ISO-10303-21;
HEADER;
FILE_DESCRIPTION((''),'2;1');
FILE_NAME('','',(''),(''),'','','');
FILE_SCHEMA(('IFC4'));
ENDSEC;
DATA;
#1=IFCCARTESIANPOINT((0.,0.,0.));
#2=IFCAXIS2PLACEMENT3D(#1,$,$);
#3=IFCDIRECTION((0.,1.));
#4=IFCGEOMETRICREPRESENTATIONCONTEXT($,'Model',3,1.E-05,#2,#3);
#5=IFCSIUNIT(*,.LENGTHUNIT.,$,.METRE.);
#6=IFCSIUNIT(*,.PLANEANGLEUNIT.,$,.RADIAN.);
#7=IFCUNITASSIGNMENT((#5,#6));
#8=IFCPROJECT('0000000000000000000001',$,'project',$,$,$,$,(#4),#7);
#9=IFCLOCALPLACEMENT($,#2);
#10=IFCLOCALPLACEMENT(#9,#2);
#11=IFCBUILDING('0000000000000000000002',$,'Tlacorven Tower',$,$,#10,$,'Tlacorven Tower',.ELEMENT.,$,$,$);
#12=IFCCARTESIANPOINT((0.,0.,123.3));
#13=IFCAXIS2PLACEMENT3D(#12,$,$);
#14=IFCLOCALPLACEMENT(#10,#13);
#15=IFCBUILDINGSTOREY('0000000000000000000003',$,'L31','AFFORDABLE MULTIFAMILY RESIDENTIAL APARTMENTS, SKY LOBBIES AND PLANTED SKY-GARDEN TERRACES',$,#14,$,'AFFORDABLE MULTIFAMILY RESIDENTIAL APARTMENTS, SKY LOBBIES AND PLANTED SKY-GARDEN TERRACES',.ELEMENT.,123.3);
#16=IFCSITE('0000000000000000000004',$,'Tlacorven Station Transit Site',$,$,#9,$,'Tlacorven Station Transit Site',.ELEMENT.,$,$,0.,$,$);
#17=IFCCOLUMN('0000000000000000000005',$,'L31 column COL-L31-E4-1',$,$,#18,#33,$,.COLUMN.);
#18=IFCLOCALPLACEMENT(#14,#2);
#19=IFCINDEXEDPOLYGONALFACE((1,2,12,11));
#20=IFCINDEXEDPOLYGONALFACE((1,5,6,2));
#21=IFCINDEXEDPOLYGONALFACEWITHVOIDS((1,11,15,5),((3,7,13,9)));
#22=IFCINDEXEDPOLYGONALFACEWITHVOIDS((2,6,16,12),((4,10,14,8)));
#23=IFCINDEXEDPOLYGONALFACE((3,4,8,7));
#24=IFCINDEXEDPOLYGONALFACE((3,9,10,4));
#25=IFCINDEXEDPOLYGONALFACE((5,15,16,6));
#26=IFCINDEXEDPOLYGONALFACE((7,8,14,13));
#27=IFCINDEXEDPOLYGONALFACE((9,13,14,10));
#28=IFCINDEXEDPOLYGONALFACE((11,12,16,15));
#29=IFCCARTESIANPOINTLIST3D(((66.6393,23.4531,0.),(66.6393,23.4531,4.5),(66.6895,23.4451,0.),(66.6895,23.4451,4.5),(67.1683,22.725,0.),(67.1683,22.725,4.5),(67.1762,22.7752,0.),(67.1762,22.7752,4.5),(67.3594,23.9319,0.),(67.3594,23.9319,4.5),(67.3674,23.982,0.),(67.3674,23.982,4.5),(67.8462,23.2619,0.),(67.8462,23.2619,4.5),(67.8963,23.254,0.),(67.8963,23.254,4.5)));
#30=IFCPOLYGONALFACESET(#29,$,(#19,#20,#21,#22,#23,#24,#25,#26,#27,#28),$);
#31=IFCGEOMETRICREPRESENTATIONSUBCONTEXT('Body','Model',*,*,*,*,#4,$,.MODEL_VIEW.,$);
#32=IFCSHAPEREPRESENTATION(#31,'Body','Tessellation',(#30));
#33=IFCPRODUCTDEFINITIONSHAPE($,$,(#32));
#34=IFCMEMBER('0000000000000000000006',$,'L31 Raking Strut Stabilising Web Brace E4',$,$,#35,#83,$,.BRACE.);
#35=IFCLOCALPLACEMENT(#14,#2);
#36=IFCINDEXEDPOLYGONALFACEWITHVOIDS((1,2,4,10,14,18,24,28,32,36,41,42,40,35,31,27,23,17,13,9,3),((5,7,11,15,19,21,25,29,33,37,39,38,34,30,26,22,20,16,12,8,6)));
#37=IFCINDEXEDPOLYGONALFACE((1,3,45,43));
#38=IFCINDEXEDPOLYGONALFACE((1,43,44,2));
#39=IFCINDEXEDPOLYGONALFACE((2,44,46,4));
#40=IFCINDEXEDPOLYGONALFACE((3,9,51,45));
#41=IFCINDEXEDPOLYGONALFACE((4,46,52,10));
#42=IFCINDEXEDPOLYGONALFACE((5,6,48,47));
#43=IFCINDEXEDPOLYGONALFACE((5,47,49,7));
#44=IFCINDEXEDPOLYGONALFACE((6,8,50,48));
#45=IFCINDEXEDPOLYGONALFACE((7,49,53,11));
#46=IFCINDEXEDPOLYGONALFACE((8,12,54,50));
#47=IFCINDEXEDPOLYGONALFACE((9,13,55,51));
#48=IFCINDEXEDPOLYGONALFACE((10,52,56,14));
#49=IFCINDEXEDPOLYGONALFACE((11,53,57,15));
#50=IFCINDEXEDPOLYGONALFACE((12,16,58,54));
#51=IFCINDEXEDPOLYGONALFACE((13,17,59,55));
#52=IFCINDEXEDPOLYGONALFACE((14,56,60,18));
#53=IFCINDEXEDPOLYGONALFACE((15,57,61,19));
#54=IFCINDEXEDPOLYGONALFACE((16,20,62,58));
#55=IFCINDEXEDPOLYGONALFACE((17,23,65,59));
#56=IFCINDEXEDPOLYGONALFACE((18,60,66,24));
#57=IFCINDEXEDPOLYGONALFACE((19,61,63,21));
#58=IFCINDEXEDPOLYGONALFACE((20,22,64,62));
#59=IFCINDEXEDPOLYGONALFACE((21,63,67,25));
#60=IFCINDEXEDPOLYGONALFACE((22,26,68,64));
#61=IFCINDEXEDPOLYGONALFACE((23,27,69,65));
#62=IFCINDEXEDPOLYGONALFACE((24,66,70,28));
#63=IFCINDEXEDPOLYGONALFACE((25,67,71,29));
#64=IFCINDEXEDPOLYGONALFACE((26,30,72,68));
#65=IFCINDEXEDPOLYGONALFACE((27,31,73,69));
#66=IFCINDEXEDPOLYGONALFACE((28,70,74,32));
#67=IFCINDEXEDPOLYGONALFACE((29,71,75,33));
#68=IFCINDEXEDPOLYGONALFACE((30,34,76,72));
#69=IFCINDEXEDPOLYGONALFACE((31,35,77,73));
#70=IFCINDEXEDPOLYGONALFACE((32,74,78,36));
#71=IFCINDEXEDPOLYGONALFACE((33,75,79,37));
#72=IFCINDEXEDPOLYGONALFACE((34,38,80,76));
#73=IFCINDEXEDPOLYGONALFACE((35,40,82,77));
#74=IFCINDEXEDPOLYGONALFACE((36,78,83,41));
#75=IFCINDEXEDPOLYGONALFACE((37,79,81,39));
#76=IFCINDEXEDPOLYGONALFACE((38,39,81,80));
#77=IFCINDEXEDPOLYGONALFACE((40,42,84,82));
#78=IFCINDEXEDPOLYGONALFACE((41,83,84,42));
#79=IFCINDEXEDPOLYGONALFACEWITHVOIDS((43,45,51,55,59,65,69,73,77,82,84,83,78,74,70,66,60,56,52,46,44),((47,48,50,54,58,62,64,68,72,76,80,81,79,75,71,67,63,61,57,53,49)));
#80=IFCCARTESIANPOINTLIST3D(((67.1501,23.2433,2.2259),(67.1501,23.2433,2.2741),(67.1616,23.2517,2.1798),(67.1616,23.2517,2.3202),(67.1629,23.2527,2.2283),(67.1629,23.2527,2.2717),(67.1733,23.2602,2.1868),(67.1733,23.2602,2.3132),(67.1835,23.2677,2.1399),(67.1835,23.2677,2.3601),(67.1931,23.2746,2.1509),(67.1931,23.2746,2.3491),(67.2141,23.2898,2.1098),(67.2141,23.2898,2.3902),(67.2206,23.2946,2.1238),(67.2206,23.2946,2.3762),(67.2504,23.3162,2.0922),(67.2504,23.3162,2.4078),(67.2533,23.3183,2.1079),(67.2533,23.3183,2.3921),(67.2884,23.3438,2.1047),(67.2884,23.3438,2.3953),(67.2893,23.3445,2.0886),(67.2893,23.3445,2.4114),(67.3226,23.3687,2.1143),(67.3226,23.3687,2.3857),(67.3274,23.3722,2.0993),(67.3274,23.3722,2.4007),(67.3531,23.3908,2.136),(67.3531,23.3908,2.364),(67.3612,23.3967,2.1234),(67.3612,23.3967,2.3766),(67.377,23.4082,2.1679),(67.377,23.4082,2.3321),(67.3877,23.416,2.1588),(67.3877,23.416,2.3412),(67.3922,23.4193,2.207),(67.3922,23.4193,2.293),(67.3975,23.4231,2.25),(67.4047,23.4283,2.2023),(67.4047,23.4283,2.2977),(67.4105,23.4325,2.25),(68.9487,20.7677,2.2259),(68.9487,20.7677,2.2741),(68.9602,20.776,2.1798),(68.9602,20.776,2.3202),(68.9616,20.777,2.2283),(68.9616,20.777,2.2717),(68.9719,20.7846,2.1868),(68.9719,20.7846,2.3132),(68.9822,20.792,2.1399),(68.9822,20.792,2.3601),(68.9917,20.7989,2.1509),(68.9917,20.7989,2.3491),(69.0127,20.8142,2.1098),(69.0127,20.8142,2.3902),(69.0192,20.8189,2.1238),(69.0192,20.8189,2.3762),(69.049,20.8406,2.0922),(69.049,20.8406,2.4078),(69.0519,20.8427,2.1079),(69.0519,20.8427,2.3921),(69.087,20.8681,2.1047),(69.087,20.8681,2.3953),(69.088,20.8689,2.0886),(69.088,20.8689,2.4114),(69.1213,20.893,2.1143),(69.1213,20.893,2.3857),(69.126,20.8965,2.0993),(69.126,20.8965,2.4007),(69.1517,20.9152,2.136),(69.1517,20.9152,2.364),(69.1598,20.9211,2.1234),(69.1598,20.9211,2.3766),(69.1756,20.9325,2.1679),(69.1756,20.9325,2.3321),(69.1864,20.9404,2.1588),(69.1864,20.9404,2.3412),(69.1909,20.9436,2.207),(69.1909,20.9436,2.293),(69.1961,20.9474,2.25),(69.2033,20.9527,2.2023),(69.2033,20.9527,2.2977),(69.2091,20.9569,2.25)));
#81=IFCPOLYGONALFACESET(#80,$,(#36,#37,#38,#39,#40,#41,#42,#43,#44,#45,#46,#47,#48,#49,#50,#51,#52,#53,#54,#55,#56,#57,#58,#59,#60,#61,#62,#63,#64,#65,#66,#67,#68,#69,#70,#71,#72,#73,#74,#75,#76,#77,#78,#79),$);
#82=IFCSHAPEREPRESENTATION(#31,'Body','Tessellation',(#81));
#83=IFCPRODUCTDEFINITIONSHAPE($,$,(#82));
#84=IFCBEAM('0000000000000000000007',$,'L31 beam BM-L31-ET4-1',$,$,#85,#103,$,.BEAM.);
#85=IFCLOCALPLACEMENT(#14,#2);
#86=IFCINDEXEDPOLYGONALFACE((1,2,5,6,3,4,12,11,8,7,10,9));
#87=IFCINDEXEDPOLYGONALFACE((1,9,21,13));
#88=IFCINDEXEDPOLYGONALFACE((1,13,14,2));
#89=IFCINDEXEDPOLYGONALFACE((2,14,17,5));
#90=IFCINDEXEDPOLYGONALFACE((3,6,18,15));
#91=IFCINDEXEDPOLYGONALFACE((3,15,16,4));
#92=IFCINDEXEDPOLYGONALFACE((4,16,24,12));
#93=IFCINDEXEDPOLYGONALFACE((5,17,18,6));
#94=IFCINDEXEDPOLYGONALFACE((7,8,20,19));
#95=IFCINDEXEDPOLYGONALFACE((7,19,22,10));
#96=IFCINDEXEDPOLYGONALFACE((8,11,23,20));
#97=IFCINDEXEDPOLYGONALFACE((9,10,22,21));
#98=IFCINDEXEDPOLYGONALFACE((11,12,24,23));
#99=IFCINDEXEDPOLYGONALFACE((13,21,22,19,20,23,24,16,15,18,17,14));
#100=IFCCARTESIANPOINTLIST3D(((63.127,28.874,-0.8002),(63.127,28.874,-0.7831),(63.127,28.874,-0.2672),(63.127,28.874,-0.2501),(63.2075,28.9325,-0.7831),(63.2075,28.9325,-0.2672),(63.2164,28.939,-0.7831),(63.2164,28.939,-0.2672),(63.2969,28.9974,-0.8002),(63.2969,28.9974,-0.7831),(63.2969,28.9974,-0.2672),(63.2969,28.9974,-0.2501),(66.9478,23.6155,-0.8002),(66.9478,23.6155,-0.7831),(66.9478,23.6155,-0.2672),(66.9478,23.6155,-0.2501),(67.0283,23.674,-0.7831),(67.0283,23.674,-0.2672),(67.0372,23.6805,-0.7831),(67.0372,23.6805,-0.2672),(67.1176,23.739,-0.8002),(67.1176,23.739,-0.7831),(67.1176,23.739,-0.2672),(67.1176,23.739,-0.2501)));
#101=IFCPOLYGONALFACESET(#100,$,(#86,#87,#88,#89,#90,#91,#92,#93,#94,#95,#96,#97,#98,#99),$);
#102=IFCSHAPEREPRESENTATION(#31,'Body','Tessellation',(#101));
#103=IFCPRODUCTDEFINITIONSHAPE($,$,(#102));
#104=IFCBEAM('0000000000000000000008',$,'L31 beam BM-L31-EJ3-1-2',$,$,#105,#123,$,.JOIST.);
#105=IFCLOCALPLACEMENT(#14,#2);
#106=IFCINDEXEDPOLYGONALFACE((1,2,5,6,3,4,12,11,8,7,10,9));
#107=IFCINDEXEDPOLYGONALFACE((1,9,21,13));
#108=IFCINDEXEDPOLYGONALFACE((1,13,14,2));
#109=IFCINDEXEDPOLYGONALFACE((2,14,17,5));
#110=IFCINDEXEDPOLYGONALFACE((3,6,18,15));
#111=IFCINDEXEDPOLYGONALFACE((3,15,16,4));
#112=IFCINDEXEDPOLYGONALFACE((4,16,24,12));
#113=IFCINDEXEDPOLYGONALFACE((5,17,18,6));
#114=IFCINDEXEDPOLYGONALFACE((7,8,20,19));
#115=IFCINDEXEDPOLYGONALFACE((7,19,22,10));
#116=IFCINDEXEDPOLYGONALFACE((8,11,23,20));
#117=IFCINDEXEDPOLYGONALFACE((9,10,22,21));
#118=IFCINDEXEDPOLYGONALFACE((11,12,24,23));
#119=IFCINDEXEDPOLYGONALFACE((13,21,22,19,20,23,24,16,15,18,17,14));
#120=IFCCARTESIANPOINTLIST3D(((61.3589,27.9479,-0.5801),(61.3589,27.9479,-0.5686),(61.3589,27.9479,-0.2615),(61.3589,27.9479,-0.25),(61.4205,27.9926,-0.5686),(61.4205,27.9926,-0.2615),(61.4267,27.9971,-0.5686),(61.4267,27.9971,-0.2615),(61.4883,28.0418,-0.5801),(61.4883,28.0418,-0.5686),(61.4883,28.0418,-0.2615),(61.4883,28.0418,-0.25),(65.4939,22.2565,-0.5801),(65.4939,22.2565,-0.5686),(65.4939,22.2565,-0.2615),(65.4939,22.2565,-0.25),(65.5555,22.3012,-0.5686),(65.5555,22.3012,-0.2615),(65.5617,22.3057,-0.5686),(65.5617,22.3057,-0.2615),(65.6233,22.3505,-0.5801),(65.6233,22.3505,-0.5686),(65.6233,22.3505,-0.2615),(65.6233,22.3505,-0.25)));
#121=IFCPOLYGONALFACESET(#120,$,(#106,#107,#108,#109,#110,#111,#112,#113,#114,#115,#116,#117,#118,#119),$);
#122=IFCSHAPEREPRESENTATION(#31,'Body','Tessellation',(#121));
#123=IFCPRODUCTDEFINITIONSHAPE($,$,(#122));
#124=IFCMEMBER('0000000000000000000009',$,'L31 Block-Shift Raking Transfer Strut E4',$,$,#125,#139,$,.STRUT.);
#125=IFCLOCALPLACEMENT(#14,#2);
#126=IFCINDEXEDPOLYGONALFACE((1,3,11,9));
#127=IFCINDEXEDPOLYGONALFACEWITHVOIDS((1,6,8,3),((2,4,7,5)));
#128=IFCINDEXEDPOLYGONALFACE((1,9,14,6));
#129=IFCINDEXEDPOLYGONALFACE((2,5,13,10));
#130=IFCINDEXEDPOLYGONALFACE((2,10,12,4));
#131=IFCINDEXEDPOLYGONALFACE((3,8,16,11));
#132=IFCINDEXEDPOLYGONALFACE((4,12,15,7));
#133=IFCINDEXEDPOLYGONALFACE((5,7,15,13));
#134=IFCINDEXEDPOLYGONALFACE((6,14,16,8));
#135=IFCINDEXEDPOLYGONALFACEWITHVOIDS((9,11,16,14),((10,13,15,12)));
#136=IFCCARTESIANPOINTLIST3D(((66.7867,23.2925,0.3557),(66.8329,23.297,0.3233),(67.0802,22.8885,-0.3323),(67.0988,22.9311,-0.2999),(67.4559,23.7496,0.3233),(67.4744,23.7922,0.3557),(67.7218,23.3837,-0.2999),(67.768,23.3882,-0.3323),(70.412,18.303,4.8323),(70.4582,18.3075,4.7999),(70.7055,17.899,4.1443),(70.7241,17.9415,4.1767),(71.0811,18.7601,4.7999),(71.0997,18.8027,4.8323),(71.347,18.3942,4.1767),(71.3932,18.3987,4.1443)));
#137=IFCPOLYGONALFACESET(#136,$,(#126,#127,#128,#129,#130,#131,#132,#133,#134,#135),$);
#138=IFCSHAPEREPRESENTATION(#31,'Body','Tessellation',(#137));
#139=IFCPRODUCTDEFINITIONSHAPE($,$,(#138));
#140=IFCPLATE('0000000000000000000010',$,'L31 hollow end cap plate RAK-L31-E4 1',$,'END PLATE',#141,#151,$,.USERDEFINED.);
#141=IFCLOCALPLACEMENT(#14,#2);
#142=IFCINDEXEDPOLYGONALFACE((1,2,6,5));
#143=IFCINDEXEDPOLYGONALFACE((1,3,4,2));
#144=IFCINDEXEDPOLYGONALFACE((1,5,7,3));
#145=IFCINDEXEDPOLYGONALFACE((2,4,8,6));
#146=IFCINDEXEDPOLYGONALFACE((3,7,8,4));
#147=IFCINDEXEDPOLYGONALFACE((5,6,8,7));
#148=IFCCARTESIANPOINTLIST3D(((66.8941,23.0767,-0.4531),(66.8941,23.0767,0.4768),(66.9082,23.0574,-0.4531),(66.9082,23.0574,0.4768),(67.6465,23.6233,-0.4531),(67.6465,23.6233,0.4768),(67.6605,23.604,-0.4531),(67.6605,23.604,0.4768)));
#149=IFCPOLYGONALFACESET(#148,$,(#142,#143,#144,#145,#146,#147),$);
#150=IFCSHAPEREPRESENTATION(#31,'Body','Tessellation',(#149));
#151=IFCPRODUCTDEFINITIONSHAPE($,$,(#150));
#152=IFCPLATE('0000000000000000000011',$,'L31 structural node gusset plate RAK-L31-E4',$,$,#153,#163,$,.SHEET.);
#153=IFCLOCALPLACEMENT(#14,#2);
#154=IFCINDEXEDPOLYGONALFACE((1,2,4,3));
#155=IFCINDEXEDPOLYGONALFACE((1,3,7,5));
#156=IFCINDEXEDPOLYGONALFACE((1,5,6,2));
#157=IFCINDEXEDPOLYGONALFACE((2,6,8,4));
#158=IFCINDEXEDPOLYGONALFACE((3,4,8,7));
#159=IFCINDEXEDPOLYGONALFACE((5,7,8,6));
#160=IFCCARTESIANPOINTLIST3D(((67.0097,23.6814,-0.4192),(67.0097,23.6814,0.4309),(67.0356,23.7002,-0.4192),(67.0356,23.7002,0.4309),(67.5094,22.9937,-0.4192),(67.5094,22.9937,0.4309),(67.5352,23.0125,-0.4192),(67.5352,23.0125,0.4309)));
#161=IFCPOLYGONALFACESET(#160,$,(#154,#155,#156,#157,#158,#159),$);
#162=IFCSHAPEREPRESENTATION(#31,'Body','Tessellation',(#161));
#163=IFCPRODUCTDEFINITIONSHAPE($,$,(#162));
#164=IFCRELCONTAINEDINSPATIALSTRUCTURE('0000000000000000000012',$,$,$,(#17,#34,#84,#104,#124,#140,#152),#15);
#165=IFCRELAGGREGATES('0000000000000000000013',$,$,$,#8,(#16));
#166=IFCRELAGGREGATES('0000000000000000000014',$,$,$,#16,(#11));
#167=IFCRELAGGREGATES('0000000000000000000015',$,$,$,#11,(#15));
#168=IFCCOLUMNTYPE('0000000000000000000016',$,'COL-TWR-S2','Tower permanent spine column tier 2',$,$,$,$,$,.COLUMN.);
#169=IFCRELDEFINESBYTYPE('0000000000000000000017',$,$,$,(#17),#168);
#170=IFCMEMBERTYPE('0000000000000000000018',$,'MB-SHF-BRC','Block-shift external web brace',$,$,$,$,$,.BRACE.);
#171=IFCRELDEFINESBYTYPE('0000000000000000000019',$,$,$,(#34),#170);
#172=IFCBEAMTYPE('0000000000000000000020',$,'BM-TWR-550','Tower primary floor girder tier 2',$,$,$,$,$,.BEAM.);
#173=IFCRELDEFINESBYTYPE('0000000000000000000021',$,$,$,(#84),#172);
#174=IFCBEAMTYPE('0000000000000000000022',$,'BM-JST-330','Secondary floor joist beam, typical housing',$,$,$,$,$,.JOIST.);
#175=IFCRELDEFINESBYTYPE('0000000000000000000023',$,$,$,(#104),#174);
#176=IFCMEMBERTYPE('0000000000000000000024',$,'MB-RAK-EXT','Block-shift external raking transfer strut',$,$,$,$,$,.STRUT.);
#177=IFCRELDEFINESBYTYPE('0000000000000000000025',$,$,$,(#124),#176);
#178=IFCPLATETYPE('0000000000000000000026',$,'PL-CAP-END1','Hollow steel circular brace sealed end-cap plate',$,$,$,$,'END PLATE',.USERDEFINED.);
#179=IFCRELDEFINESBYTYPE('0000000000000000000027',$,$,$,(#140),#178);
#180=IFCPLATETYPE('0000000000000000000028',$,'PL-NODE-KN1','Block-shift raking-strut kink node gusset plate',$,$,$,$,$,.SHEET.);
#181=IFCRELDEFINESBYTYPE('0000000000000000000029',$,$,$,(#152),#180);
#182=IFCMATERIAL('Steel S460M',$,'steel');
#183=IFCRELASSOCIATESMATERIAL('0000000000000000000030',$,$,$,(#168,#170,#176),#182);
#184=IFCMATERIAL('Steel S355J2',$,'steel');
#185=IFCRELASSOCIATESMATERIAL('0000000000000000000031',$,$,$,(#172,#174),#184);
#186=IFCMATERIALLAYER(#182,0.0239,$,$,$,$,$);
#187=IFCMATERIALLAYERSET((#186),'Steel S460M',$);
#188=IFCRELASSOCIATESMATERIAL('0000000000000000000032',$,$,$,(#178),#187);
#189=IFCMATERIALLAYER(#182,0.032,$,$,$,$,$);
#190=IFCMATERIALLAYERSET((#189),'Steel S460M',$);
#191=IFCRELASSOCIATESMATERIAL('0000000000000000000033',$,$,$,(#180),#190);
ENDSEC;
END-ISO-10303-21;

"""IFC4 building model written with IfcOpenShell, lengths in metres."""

from ifc_helpers import new_model, si_unit, direction, frame, origin, origin_2d, place, context, subcontext, project, spatial, rectangle, hollow_rectangle, hollow_circle, i_section, extrude, source, transform, mapped, material, layer, layer_set, material_profile, profile_set, type_object, element, save


model = new_model("IFC4")

# Units and contexts
model_context = context("Model", 3, precision=1e-05, world=origin(), true_north=direction((0.0, 1.0)))
body_context = subcontext(model_context, "Body", "Model", "MODEL_VIEW")
ifc_project = project(units=[si_unit("LENGTHUNIT", "METRE"), si_unit("PLANEANGLEUNIT", "RADIAN")], contexts=[model_context])

# Site, building, storey
site_placement = place(None, origin())
site = spatial("IfcSite", under=ifc_project, at=site_placement, Name="Tlacorven Station Transit Site", LongName="Tlacorven Station Transit Site", CompositionType="ELEMENT", RefElevation=0.0)
building_placement = place(site_placement, origin())
building = spatial("IfcBuilding", under=site, at=building_placement, Name="Tlacorven Tower", LongName="Tlacorven Tower", CompositionType="ELEMENT")
storey_placement = place(building_placement, frame((0.0, 0.0, 123.3)))
storey = spatial("IfcBuildingStorey", under=building, at=storey_placement, Name="L31", Description="AFFORDABLE MULTIFAMILY RESIDENTIAL APARTMENTS, SKY LOBBIES AND PLANTED SKY-GARDEN TERRACES", LongName="AFFORDABLE MULTIFAMILY RESIDENTIAL APARTMENTS, SKY LOBBIES AND PLANTED SKY-GARDEN TERRACES", CompositionType="ELEMENT", Elevation=123.3)

# Column
ifc_material_1 = material(Name="Steel S460M", Category="steel")
ifc_material_profile_1 = material_profile(ifc_material_1, hollow_rectangle(XDim=0.8999, YDim=0.8999, WallThickness=0.0359, at=origin_2d()), Name="BOX 900X900X36")
ifc_profile_set_1 = profile_set([ifc_material_profile_1], Name="Steel S460M")
column_type = type_object("IfcColumnType", Name="COL-TWR-S2", Description="Tower permanent spine column tier 2", PredefinedType="COLUMN", material=ifc_profile_set_1)
shared_shape_1 = source(origin(), body_context, "Body", "SweptSolid", [
    extrude(hollow_rectangle(XDim=0.8999, YDim=0.8999, WallThickness=0.0359, at=origin_2d()), origin(), (0.0, 0.0, 1.0), 4.5),
])
column_placement = place(storey_placement, frame((67.2678, 23.3535, 0.0), z_axis=(0.0, 0.0, 1.0), x_axis=(0.809017, 0.587785, 0.0)))
element("IfcColumn", 1, at=column_placement, inside=storey, type_object=column_type, Name="L31 column COL-L31-E4-1", PredefinedType="COLUMN", context=body_context, shape_type="MappedRepresentation", body=[
    mapped(shared_shape_1, transform((0.0, 0.0, 0.0), scale=1.0)),
])

# Member
ifc_material_profile_2 = material_profile(ifc_material_1, hollow_circle(Radius=0.1619, WallThickness=0.0161, at=origin_2d()), Name="CHS 323.9X16")
ifc_profile_set_2 = profile_set([ifc_material_profile_2], Name="Steel S460M")
member_type_1 = type_object("IfcMemberType", Name="MB-SHF-BRC", Description="Block-shift external web brace", PredefinedType="BRACE", material=ifc_profile_set_2)
shared_shape_2 = source(origin(), body_context, "Body", "SweptSolid", [
    extrude(hollow_circle(Radius=0.1619, WallThickness=0.0161, at=origin_2d()), origin(), (0.0, 0.0, 1.0), 3.0601),
])
member_1_placement = place(storey_placement, frame((67.2795, 23.3374, 2.25), z_axis=(0.587778, -0.809022, 0.0), x_axis=(0.809022, 0.587778, 0.0)))
element("IfcMember", 2, at=member_1_placement, inside=storey, type_object=member_type_1, Name="L31 Raking Strut Stabilising Web Brace E4", PredefinedType="BRACE", context=body_context, shape_type="MappedRepresentation", body=[
    mapped(shared_shape_2, transform((0.0, 0.0, 0.0), scale=1.0)),
])

# Beams
ifc_material_2 = material(Name="Steel S355J2", Category="steel")
ifc_material_profile_3 = material_profile(ifc_material_2, i_section(OverallWidth=0.21, OverallDepth=0.55, WebThickness=0.011, FlangeThickness=0.0171, at=origin_2d()), Name="IPE 550")
ifc_profile_set_3 = profile_set([ifc_material_profile_3], Name="Steel S355J2")
beam_type_1 = type_object("IfcBeamType", Name="BM-TWR-550", Description="Tower primary floor girder tier 2", PredefinedType="BEAM", material=ifc_profile_set_3)
shared_shape_3 = source(origin(), body_context, "Body", "SweptSolid", [
    extrude(i_section(OverallWidth=0.21, OverallDepth=0.55, WebThickness=0.011, FlangeThickness=0.0171, at=origin_2d()), origin(), (0.0, 0.0, 1.0), 6.5),
])
beam_1_placement = place(storey_placement, frame((67.0327, 23.6772, -0.5251), z_axis=(-0.58781, 0.808999, 0.0), x_axis=(-0.808999, -0.58781, 0.0)))
element("IfcBeam", 3, at=beam_1_placement, inside=storey, type_object=beam_type_1, Name="L31 beam BM-L31-ET4-1", PredefinedType="BEAM", context=body_context, shape_type="MappedRepresentation", body=[
    mapped(shared_shape_3, transform((0.0, 0.0, 0.0), scale=1.0)),
])
ifc_material_profile_4 = material_profile(ifc_material_2, i_section(OverallWidth=0.1599, OverallDepth=0.3301, WebThickness=0.0076, FlangeThickness=0.0115, at=origin_2d()), Name="IPE 330")
ifc_profile_set_4 = profile_set([ifc_material_profile_4], Name="Steel S355J2")
beam_type_2 = type_object("IfcBeamType", Name="BM-JST-330", Description="Secondary floor joist beam, typical housing", PredefinedType="JOIST", material=ifc_profile_set_4)
shared_shape_4 = source(origin(), body_context, "Body", "SweptSolid", [
    extrude(i_section(OverallWidth=0.1599, OverallDepth=0.3301, WebThickness=0.0076, FlangeThickness=0.0115, at=origin_2d()), origin(), (0.0, 0.0, 1.0), 7.0349),
])
beam_2_placement = place(storey_placement, frame((65.5586, 22.3035, -0.415), z_axis=(-0.587782, 0.80902, 0.0), x_axis=(-0.80902, -0.587782, 0.0)))
element("IfcBeam", 4, at=beam_2_placement, inside=storey, type_object=beam_type_2, Name="L31 beam BM-L31-EJ3-1-2", PredefinedType="JOIST", context=body_context, shape_type="MappedRepresentation", body=[
    mapped(shared_shape_4, transform((0.0, 0.0, 0.0), scale=1.0)),
])

# Member
ifc_material_profile_5 = material_profile(ifc_material_1, hollow_rectangle(XDim=0.8501, YDim=0.8501, WallThickness=0.04, at=origin_2d()), Name="BOX 850X850X40")
ifc_profile_set_5 = profile_set([ifc_material_profile_5], Name="Steel S460M")
member_type_2 = type_object("IfcMemberType", Name="MB-RAK-EXT", Description="Block-shift external raking transfer strut", PredefinedType="STRUT", material=ifc_profile_set_5)
shared_shape_5 = source(origin(), body_context, "Body", "SweptSolid", [
    extrude(hollow_rectangle(XDim=0.8501, YDim=0.8501, WallThickness=0.04, at=origin_2d()), origin(), (0.0, 0.0, 1.0), 7.6208),
])
member_2_placement = place(storey_placement, frame((67.2773, 23.3403, 0.0117), z_axis=(0.475702, -0.654718, 0.587411), x_axis=(0.809005, 0.587802, 0.0)))
element("IfcMember", 5, at=member_2_placement, inside=storey, type_object=member_type_2, Name="L31 Block-Shift Raking Transfer Strut E4", PredefinedType="STRUT", context=body_context, shape_type="MappedRepresentation", body=[
    mapped(shared_shape_5, transform((0.0, 0.0, 0.0), scale=1.0)),
])

# Plates
ifc_layer_1 = layer(ifc_material_1, 0.0239)
ifc_layer_set_1 = layer_set([ifc_layer_1], Name="Steel S460M")
plate_type_1 = type_object("IfcPlateType", Name="PL-CAP-END1", Description="Hollow steel circular brace sealed end-cap plate", ElementType="END PLATE", PredefinedType="USERDEFINED", material=ifc_layer_set_1)
shared_shape_6 = source(origin(), body_context, "Body", "SweptSolid", [
    extrude(rectangle(XDim=0.0239, YDim=0.9299, at=origin_2d()), origin(), (0.0, 0.0, 1.0), 0.9299),
])
plate_1_placement = place(storey_placement, frame((67.2773, 23.3403, -0.4531), z_axis=(0.0, 0.0, 1.0), x_axis=(0.587785, -0.809017, 0.0)))
element("IfcPlate", 6, at=plate_1_placement, inside=storey, type_object=plate_type_1, Name="L31 hollow end cap plate RAK-L31-E4 1", ObjectType="END PLATE", PredefinedType="USERDEFINED", context=body_context, shape_type="MappedRepresentation", body=[
    mapped(shared_shape_6, transform((0.0, 0.0, 0.0), scale=1.0)),
])
ifc_layer_2 = layer(ifc_material_1, 0.032)
ifc_layer_set_2 = layer_set([ifc_layer_2], Name="Steel S460M")
plate_type_2 = type_object("IfcPlateType", Name="PL-NODE-KN1", Description="Block-shift raking-strut kink node gusset plate", PredefinedType="SHEET", material=ifc_layer_set_2)
shared_shape_7 = source(origin(), body_context, "Body", "SweptSolid", [
    extrude(rectangle(XDim=0.8501, YDim=0.032, at=origin_2d()), origin(), (0.0, 0.0, 1.0), 0.8501),
])
plate_2_placement = place(storey_placement, frame((67.2725, 23.3469, -0.4192), z_axis=(0.0, 0.0, 1.0), x_axis=(0.587785, -0.809017, 0.0)))
element("IfcPlate", 7, at=plate_2_placement, inside=storey, type_object=plate_type_2, Name="L31 structural node gusset plate RAK-L31-E4", PredefinedType="SHEET", context=body_context, shape_type="MappedRepresentation", body=[
    mapped(shared_shape_7, transform((0.0, 0.0, 0.0), scale=1.0)),
])

save(model, "model.ifc")
